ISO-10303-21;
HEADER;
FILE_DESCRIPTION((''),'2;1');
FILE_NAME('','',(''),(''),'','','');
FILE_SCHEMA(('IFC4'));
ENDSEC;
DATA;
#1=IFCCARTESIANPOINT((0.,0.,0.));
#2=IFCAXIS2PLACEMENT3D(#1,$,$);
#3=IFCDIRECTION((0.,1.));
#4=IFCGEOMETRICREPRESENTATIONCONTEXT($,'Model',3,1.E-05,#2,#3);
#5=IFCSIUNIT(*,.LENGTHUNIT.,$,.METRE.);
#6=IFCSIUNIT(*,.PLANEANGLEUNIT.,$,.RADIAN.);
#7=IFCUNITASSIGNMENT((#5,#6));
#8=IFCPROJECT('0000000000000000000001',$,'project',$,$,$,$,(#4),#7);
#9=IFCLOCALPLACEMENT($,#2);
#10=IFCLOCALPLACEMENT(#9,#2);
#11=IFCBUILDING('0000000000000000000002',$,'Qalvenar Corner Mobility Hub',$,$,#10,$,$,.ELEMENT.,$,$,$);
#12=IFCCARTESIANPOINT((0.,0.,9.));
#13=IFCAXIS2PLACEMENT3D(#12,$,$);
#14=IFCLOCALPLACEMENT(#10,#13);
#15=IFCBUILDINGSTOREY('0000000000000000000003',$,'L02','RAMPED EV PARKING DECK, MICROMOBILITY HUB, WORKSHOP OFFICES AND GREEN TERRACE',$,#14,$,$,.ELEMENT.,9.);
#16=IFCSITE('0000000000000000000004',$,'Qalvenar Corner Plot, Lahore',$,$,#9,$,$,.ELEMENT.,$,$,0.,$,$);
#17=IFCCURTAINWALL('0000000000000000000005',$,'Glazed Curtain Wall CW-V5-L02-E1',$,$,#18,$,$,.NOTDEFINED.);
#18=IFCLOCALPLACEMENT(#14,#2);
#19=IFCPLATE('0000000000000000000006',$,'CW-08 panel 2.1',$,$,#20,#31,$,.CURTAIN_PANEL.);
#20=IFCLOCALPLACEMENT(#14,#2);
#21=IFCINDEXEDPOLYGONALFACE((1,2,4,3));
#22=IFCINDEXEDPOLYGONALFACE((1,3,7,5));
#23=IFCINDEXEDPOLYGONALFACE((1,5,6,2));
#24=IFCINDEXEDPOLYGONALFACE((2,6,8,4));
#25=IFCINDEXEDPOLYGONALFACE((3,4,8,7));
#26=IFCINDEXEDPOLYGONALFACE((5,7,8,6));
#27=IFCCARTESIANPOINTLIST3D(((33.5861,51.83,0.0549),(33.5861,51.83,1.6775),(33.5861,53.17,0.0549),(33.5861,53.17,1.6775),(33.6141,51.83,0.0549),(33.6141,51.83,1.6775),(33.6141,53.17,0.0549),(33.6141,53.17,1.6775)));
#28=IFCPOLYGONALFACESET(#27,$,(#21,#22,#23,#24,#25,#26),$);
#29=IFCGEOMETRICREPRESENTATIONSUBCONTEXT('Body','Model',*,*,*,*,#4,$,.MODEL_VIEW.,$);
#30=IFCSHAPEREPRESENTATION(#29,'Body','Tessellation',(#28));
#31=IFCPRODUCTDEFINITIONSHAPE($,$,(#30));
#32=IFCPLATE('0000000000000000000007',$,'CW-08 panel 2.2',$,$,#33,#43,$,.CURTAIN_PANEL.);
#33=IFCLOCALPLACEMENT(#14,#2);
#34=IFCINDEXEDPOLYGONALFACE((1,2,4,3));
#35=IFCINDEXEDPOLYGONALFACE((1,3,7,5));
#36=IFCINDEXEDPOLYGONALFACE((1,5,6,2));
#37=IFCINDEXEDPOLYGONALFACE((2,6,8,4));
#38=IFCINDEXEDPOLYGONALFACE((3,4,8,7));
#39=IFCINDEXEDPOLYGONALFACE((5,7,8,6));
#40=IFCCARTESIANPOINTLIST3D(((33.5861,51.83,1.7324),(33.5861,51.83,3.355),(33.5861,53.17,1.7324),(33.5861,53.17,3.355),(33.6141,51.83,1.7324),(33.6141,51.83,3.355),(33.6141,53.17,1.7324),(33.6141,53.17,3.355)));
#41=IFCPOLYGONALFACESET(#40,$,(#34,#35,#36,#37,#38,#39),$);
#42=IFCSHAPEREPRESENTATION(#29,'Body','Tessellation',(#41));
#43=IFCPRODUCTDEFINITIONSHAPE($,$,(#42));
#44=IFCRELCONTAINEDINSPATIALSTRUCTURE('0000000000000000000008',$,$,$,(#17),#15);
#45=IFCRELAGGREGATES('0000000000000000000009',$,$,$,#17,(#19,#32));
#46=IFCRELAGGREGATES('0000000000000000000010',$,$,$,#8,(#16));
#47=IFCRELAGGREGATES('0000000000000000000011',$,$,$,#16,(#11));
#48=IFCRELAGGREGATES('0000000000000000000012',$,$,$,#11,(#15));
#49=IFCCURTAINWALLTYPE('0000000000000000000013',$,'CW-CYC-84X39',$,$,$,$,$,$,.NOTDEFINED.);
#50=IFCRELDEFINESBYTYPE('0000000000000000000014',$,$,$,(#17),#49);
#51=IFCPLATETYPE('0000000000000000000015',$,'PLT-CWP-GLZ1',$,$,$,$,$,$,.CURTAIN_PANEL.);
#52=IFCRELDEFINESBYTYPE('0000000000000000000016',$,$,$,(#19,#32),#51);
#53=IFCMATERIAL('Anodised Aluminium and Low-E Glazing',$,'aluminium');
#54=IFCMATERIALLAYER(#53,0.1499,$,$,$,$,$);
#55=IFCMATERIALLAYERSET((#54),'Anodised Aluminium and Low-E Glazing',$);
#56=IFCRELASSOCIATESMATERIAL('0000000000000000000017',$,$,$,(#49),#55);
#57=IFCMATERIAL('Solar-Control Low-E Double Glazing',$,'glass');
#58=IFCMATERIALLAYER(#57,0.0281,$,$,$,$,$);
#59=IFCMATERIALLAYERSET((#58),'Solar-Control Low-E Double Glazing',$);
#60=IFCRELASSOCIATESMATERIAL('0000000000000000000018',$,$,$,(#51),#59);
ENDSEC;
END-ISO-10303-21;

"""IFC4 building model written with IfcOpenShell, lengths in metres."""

from ifc_helpers import new_model, si_unit, direction, frame, origin, origin_2d, place, context, subcontext, project, spatial, rectangle, extrude, material, layer, layer_set, type_object, element, aggregate, save


model = new_model("IFC4")

# Units and contexts
model_context = context("Model", 3, precision=1e-05, world=origin(), true_north=direction((0.0, 1.0)))
body_context = subcontext(model_context, "Body", "Model", "MODEL_VIEW")
ifc_project = project(units=[si_unit("LENGTHUNIT", "METRE"), si_unit("PLANEANGLEUNIT", "RADIAN")], contexts=[model_context])

# Site, building, storey
site_placement = place(None, origin())
site = spatial("IfcSite", under=ifc_project, at=site_placement, Name="Qalvenar Corner Plot, Lahore", CompositionType="ELEMENT", RefElevation=0.0)
building_placement = place(site_placement, origin())
building = spatial("IfcBuilding", under=site, at=building_placement, Name="Qalvenar Corner Mobility Hub", CompositionType="ELEMENT")
storey_placement = place(building_placement, frame((0.0, 0.0, 9.0)))
storey = spatial("IfcBuildingStorey", under=building, at=storey_placement, Name="L02", Description="RAMPED EV PARKING DECK, MICROMOBILITY HUB, WORKSHOP OFFICES AND GREEN TERRACE", CompositionType="ELEMENT", Elevation=9.0)

# Curtain wall
ifc_material_1 = material(Name="Anodised Aluminium and Low-E Glazing", Category="aluminium")
ifc_layer_1 = layer(ifc_material_1, 0.1499)
ifc_layer_set_1 = layer_set([ifc_layer_1], Name="Anodised Aluminium and Low-E Glazing")
curtain_wall_type = type_object("IfcCurtainWallType", Name="CW-CYC-84X39", PredefinedType="NOTDEFINED", material=ifc_layer_set_1)
curtain_wall_placement = place(storey_placement, origin())
curtain_wall = element("IfcCurtainWall", 1, at=curtain_wall_placement, inside=storey, type_object=curtain_wall_type, Name="Glazed Curtain Wall CW-V5-L02-E1", PredefinedType="NOTDEFINED")

# Plates
ifc_material_2 = material(Name="Solar-Control Low-E Double Glazing", Category="glass")
ifc_layer_2 = layer(ifc_material_2, 0.0281)
ifc_layer_set_2 = layer_set([ifc_layer_2], Name="Solar-Control Low-E Double Glazing")
plate_type = type_object("IfcPlateType", Name="PLT-CWP-GLZ1", PredefinedType="CURTAIN_PANEL", material=ifc_layer_set_2)
plate_1_placement = place(storey_placement, frame((33.6001, 52.5, 0.0549), z_axis=(0.0, 0.0, 1.0), x_axis=(0.0, 1.0, 0.0)))
plate_1 = element("IfcPlate", 2, at=plate_1_placement, type_object=plate_type, Name="CW-08 panel 2.1", PredefinedType="CURTAIN_PANEL", context=body_context, shape_type="SweptSolid", body=[
    extrude(rectangle(XDim=1.3401, YDim=0.0281, at=origin_2d()), origin(), (0.0, 0.0, 1.0), 1.6226),
])
plate_2_placement = place(storey_placement, frame((33.6001, 52.5, 1.7324), z_axis=(0.0, 0.0, 1.0), x_axis=(0.0, 1.0, 0.0)))
plate_2 = element("IfcPlate", 3, at=plate_2_placement, type_object=plate_type, Name="CW-08 panel 2.2", PredefinedType="CURTAIN_PANEL", context=body_context, shape_type="SweptSolid", body=[
    extrude(rectangle(XDim=1.3401, YDim=0.0281, at=origin_2d()), origin(), (0.0, 0.0, 1.0), 1.6226),
])
aggregate(curtain_wall, [plate_1, plate_2])

save(model, "model.ifc")
